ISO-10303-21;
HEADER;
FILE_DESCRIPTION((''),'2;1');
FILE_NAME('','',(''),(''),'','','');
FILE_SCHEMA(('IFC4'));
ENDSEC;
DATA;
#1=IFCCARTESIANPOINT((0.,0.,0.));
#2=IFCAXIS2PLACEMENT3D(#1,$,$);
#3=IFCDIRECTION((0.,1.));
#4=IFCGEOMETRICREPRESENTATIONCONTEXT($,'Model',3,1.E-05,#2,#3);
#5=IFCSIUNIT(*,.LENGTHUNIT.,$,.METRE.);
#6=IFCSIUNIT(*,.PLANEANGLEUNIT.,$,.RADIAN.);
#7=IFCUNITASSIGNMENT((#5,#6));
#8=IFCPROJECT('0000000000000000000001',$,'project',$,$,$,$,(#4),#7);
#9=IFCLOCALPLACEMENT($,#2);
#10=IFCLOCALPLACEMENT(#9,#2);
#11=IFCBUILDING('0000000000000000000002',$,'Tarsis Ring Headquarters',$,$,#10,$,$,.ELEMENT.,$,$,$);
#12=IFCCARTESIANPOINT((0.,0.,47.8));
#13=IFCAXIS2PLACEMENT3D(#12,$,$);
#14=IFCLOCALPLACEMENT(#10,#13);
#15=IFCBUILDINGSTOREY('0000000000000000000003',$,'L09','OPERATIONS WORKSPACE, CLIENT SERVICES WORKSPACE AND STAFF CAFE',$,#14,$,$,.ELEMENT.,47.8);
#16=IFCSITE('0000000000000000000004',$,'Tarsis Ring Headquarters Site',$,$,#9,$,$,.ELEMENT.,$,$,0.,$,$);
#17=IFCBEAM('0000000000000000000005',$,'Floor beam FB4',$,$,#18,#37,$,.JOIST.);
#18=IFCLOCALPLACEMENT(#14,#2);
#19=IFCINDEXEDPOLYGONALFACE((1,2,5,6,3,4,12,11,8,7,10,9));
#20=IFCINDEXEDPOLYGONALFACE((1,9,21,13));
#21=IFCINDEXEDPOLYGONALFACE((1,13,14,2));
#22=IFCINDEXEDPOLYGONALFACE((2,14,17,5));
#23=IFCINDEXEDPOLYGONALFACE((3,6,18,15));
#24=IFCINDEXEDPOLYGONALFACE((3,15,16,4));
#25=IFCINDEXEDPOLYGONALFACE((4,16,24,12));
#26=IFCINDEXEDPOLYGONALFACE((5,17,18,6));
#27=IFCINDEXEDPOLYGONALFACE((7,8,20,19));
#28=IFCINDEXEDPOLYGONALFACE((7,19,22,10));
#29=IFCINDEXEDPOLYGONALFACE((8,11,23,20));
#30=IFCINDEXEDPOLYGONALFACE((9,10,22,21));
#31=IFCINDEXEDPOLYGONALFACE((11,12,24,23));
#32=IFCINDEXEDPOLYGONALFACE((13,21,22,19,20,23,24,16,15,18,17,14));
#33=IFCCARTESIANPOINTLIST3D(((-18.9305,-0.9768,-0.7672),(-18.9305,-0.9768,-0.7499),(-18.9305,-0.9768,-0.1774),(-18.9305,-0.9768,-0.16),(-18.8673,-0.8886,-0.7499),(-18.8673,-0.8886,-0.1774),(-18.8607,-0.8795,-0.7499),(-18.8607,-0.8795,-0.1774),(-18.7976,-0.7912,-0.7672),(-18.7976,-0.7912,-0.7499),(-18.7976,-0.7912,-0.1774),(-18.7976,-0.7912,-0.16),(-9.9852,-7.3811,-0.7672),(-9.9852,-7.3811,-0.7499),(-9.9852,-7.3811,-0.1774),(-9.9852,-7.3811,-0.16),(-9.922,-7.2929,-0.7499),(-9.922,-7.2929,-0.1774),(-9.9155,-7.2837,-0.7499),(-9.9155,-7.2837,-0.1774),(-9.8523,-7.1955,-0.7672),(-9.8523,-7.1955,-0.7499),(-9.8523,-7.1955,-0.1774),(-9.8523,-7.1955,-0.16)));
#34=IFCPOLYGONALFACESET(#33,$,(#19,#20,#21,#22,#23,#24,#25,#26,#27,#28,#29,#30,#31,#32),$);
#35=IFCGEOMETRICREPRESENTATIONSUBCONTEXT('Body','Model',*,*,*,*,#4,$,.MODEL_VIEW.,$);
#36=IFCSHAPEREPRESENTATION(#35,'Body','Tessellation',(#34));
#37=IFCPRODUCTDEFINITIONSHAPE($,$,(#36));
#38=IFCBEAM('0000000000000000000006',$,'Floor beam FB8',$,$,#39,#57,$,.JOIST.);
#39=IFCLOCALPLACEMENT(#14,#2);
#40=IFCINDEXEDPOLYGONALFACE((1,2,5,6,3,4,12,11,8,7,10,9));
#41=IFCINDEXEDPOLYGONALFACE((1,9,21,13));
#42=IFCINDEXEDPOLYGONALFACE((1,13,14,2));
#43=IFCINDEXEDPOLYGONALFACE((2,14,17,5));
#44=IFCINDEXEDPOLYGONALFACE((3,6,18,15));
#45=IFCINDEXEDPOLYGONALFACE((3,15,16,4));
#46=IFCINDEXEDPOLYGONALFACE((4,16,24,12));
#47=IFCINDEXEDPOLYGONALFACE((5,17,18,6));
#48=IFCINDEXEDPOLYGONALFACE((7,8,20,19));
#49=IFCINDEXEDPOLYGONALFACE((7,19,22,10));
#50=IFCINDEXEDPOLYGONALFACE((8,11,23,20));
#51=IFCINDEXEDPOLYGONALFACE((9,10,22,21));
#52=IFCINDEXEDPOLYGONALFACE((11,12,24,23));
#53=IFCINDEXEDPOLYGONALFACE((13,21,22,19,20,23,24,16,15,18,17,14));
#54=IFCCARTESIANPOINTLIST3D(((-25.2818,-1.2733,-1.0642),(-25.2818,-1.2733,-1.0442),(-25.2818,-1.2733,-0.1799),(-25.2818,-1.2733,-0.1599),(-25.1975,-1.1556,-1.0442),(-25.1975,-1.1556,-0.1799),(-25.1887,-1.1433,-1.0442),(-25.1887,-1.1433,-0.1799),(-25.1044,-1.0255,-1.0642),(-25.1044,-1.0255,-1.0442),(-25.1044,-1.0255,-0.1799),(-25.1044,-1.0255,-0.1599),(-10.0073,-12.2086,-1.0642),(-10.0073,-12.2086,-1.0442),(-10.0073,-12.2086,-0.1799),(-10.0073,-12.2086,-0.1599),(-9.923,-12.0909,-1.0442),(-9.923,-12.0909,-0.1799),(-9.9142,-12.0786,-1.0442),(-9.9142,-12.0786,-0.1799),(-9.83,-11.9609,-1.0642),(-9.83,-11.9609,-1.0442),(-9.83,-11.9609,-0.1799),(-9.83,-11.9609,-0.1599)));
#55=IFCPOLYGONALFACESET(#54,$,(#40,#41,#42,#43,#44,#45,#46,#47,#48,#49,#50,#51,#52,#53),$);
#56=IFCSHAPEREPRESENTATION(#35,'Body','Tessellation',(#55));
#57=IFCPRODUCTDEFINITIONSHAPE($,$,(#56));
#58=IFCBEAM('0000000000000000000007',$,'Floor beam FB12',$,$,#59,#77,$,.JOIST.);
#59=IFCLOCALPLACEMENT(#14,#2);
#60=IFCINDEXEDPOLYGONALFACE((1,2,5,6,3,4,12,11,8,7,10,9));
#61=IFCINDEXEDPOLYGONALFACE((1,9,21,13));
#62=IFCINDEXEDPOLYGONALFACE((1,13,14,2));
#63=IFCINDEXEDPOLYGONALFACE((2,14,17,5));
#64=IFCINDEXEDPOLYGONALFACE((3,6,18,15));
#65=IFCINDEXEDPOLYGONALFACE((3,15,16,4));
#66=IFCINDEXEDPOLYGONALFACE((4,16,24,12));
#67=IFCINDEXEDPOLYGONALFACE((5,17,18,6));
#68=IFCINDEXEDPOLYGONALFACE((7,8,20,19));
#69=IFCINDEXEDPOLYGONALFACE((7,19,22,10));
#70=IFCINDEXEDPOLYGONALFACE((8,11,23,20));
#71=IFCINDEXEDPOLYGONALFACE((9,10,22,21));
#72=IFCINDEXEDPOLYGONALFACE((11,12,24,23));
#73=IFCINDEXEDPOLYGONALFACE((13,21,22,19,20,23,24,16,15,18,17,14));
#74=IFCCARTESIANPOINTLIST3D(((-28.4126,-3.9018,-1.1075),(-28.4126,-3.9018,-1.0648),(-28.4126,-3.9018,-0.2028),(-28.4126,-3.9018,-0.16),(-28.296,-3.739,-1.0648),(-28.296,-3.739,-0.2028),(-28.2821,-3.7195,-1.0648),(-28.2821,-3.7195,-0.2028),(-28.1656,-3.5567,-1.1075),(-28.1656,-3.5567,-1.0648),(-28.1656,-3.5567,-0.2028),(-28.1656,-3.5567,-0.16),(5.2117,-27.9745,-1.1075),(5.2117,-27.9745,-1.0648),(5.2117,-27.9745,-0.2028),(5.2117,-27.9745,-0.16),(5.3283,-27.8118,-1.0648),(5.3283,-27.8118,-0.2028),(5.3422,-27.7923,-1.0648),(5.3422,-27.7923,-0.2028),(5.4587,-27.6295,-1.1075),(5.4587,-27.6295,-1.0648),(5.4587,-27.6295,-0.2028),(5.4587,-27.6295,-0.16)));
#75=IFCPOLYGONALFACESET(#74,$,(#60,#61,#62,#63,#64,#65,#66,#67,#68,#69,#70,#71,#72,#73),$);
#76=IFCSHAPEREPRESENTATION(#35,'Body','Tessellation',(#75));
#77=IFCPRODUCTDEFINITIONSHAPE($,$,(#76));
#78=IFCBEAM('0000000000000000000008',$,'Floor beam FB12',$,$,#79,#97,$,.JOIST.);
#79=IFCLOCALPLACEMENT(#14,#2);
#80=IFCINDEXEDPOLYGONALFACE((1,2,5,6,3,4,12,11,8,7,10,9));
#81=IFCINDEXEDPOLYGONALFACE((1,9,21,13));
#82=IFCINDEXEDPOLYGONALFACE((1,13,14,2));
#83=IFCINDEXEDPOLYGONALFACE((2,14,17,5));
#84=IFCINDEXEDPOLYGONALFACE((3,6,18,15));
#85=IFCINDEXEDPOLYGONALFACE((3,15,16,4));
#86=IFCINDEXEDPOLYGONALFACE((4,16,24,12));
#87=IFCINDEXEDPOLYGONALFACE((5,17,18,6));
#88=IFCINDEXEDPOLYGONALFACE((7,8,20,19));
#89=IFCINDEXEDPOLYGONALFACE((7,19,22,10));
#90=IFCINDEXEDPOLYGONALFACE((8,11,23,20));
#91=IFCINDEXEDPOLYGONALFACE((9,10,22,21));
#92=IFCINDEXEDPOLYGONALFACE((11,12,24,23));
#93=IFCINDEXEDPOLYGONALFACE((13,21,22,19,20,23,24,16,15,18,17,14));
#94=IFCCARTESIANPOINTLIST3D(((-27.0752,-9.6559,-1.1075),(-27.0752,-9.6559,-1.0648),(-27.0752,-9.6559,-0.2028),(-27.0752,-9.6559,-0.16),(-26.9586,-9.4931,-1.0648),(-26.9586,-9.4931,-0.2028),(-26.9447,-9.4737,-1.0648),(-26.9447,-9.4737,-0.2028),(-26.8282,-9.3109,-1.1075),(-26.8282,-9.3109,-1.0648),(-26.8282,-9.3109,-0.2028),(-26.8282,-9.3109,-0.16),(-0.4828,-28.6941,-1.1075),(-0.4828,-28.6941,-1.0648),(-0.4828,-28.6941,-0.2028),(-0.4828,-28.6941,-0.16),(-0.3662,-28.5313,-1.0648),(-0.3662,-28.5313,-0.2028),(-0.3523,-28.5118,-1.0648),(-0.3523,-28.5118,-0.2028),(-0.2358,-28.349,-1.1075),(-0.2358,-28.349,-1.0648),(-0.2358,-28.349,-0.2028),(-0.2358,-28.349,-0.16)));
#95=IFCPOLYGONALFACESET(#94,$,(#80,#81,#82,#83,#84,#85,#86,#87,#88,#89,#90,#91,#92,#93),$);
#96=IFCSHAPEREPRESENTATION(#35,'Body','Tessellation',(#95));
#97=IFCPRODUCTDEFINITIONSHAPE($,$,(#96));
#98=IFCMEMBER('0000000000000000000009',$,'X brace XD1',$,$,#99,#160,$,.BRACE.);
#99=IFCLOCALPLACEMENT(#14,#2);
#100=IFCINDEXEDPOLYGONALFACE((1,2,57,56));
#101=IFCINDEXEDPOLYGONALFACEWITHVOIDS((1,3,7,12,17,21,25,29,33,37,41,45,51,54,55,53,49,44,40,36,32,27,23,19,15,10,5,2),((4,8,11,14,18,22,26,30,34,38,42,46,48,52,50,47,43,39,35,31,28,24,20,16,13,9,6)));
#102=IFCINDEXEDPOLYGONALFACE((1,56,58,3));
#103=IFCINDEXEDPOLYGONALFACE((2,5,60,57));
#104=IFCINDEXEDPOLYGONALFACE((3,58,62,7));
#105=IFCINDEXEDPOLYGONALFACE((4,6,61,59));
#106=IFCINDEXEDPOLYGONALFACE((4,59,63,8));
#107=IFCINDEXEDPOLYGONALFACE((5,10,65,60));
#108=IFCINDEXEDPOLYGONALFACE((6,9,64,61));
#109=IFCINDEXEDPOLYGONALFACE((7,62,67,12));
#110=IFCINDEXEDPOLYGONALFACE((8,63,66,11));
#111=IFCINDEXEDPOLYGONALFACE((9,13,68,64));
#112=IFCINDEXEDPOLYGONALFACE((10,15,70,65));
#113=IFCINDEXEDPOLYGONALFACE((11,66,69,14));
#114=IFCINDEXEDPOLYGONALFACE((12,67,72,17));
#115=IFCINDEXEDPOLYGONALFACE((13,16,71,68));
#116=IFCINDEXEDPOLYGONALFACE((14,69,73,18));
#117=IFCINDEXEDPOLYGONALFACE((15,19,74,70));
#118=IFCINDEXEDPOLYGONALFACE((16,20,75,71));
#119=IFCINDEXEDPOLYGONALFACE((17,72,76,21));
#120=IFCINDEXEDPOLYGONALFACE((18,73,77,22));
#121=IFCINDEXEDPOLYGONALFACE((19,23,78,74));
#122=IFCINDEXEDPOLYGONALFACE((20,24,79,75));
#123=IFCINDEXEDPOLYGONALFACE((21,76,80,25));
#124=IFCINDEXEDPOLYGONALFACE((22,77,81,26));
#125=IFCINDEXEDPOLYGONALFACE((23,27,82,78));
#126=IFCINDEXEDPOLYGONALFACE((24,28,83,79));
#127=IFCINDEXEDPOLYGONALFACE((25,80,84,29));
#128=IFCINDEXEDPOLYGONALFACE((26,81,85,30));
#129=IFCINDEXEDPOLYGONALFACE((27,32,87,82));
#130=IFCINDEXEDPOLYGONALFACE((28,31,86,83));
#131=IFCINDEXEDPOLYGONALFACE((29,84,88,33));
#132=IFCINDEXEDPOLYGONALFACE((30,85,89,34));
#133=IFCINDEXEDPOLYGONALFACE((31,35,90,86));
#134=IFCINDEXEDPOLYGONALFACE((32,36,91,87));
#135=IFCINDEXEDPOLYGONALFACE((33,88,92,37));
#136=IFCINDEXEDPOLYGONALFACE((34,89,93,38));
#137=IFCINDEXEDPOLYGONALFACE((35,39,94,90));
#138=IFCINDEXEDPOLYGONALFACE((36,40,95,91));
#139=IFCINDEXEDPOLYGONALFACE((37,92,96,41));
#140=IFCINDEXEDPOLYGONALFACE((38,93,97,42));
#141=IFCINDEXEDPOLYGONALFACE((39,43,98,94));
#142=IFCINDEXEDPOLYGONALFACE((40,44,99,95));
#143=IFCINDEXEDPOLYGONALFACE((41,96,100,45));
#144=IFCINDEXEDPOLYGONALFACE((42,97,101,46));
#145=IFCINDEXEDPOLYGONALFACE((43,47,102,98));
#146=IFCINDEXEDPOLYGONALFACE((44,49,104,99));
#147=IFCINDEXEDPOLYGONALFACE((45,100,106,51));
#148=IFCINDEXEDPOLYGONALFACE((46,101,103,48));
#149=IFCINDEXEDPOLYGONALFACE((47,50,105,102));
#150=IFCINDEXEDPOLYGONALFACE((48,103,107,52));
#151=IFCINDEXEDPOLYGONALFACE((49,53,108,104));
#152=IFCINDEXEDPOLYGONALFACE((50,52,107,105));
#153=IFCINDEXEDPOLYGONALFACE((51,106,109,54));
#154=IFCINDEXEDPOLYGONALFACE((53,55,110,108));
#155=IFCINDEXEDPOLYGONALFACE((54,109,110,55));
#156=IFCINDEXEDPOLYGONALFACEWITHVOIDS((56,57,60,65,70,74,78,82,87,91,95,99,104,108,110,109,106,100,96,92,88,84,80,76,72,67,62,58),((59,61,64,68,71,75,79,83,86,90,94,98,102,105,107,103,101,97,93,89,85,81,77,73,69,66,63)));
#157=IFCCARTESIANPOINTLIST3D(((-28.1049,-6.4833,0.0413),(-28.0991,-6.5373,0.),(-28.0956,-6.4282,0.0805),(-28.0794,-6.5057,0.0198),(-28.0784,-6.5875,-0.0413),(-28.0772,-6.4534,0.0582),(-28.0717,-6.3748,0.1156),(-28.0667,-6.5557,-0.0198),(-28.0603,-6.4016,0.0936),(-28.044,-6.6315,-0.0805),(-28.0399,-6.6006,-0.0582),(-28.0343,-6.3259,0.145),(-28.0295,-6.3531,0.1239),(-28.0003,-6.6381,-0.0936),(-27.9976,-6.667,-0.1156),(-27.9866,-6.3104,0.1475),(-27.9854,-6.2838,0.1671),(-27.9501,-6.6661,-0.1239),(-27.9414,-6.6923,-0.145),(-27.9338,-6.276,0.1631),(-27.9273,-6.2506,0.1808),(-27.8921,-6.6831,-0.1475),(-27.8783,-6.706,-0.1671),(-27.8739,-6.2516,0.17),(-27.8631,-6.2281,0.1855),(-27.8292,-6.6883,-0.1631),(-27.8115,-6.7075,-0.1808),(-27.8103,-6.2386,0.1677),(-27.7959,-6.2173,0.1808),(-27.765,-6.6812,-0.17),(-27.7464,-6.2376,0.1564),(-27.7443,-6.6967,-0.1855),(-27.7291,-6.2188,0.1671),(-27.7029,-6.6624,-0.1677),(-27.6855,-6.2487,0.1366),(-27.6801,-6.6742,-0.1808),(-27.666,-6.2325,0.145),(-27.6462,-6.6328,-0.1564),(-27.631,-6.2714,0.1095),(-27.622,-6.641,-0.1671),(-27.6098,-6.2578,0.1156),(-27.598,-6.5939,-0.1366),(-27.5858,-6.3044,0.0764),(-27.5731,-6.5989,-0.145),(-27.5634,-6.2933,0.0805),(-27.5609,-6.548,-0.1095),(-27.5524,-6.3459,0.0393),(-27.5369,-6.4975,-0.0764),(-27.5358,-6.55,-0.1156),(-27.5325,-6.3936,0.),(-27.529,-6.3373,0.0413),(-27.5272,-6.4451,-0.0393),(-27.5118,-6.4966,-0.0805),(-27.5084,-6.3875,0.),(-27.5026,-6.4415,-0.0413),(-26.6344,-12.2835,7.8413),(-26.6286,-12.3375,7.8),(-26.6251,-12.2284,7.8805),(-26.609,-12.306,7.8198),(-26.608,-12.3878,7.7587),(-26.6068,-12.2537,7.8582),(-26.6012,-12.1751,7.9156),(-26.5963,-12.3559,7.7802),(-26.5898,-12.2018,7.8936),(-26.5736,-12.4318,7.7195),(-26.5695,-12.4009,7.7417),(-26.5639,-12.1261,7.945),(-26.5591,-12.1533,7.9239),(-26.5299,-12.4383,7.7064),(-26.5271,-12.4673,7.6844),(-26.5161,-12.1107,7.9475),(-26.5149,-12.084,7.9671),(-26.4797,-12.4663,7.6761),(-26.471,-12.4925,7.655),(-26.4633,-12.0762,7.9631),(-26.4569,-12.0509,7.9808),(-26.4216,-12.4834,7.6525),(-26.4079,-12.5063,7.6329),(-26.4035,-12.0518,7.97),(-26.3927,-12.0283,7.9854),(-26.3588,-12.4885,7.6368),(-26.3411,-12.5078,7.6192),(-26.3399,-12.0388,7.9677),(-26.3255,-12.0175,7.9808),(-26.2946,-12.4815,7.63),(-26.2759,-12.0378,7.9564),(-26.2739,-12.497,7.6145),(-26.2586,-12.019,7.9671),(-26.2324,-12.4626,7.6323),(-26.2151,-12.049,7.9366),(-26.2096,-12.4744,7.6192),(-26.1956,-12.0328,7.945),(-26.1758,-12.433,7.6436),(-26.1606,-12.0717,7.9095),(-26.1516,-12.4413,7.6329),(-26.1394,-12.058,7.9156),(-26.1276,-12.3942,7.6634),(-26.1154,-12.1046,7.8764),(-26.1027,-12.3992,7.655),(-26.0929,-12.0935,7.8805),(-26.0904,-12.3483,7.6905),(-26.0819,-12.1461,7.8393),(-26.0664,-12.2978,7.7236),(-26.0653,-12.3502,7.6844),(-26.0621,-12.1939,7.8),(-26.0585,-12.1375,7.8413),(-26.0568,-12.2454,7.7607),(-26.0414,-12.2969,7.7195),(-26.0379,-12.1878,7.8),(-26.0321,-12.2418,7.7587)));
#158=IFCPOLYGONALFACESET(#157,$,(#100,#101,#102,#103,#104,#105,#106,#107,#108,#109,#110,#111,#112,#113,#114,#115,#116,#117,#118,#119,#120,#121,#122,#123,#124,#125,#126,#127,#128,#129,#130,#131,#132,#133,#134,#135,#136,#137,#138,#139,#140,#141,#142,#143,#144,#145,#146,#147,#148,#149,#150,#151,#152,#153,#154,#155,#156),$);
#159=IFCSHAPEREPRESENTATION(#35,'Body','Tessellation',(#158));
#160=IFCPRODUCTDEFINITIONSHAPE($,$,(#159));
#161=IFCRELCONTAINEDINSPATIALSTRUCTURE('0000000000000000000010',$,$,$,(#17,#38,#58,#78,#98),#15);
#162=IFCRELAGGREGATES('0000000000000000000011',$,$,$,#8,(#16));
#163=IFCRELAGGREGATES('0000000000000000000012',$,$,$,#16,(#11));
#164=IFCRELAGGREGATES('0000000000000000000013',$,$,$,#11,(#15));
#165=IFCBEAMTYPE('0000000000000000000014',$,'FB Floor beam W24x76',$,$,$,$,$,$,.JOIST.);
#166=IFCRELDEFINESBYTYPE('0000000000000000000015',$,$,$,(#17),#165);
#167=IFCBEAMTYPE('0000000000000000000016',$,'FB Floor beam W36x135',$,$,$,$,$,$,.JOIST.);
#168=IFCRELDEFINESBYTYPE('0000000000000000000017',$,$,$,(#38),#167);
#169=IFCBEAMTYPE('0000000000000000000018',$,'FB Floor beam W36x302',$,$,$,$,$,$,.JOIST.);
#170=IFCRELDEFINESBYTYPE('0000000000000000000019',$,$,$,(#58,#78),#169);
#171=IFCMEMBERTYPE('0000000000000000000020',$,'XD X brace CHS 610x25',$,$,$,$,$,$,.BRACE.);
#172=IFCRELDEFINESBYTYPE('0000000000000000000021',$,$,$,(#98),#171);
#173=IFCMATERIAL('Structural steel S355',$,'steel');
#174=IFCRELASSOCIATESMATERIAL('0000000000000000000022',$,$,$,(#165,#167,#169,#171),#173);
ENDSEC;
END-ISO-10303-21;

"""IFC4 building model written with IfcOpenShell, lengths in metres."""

from ifc_helpers import new_model, si_unit, direction, frame, origin, origin_2d, place, context, subcontext, project, spatial, hollow_circle, i_section, extrude, material, material_profile, profile_set, type_object, element, save


model = new_model("IFC4")

# Units and contexts
model_context = context("Model", 3, precision=1e-05, world=origin(), true_north=direction((0.0, 1.0)))
body_context = subcontext(model_context, "Body", "Model", "MODEL_VIEW")
ifc_project = project(units=[si_unit("LENGTHUNIT", "METRE"), si_unit("PLANEANGLEUNIT", "RADIAN")], contexts=[model_context])

# Site, building, storey
site_placement = place(None, origin())
site = spatial("IfcSite", under=ifc_project, at=site_placement, Name="Tarsis Ring Headquarters Site", CompositionType="ELEMENT", RefElevation=0.0)
building_placement = place(site_placement, origin())
building = spatial("IfcBuilding", under=site, at=building_placement, Name="Tarsis Ring Headquarters", CompositionType="ELEMENT")
storey_placement = place(building_placement, frame((0.0, 0.0, 47.8)))
storey = spatial("IfcBuildingStorey", under=building, at=storey_placement, Name="L09", Description="OPERATIONS WORKSPACE, CLIENT SERVICES WORKSPACE AND STAFF CAFE", CompositionType="ELEMENT", Elevation=47.8)

# Beams
ifc_material_1 = material(Name="Structural steel S355", Category="steel")
ifc_material_profile_1 = material_profile(ifc_material_1, i_section(OverallWidth=0.2283, OverallDepth=0.6072, WebThickness=0.0112, FlangeThickness=0.0173, at=origin_2d()), Name="W24x76")
ifc_profile_set_1 = profile_set([ifc_material_profile_1], Name="Structural steel S355")
beam_type_1 = type_object("IfcBeamType", Name="FB Floor beam W24x76", PredefinedType="JOIST", material=ifc_profile_set_1)
beam_1_placement = place(storey_placement, frame((-18.864, -0.884, -0.4636), z_axis=(0.813097, -0.582128, 0.0), x_axis=(0.582128, 0.813097, 0.0)))
element("IfcBeam", 1, at=beam_1_placement, inside=storey, type_object=beam_type_1, Name="Floor beam FB4", PredefinedType="JOIST", context=body_context, shape_type="SweptSolid", body=[
    extrude(i_section(OverallWidth=0.2283, OverallDepth=0.6072, WebThickness=0.0112, FlangeThickness=0.0173, at=origin_2d()), origin(), (0.0, 0.0, 1.0), 11.0015),
])
ifc_material_profile_2 = material_profile(ifc_material_1, i_section(OverallWidth=0.3047, OverallDepth=0.9043, WebThickness=0.0151, FlangeThickness=0.02, at=origin_2d()), Name="W36x135")
ifc_profile_set_2 = profile_set([ifc_material_profile_2], Name="Structural steel S355")
beam_type_2 = type_object("IfcBeamType", Name="FB Floor beam W36x135", PredefinedType="JOIST", material=ifc_profile_set_2)
beam_2_placement = place(storey_placement, frame((-25.1931, -1.1494, -0.6121), z_axis=(0.813103, -0.582119, 0.0), x_axis=(0.582119, 0.813103, 0.0)))
element("IfcBeam", 2, at=beam_2_placement, inside=storey, type_object=beam_type_2, Name="Floor beam FB8", PredefinedType="JOIST", context=body_context, shape_type="SweptSolid", body=[
    extrude(i_section(OverallWidth=0.3047, OverallDepth=0.9043, WebThickness=0.0151, FlangeThickness=0.02, at=origin_2d()), origin(), (0.0, 0.0, 1.0), 18.7854),
])
ifc_material_profile_3 = material_profile(ifc_material_1, i_section(OverallWidth=0.4243, OverallDepth=0.9475, WebThickness=0.0239, FlangeThickness=0.0427, at=origin_2d()), Name="W36x302")
ifc_profile_set_3 = profile_set([ifc_material_profile_3], Name="Structural steel S355")
beam_type_3 = type_object("IfcBeamType", Name="FB Floor beam W36x302", PredefinedType="JOIST", material=ifc_profile_set_3)
beam_3_placement = place(storey_placement, frame((-28.2891, -3.7292, -0.6338), z_axis=(0.813099, -0.582125, 0.0), x_axis=(0.582125, 0.813099, 0.0)))
element("IfcBeam", 3, at=beam_3_placement, inside=storey, type_object=beam_type_3, Name="Floor beam FB12", PredefinedType="JOIST", context=body_context, shape_type="SweptSolid", body=[
    extrude(i_section(OverallWidth=0.4243, OverallDepth=0.9475, WebThickness=0.0239, FlangeThickness=0.0427, at=origin_2d()), origin(), (0.0, 0.0, 1.0), 41.3533),
])
beam_4_placement = place(storey_placement, frame((-26.9517, -9.4834, -0.6338), z_axis=(0.813103, -0.582121, 0.0), x_axis=(0.582121, 0.813103, 0.0)))
element("IfcBeam", 4, at=beam_4_placement, inside=storey, type_object=beam_type_3, Name="Floor beam FB12", PredefinedType="JOIST", context=body_context, shape_type="SweptSolid", body=[
    extrude(i_section(OverallWidth=0.4243, OverallDepth=0.9475, WebThickness=0.0239, FlangeThickness=0.0427, at=origin_2d()), origin(), (0.0, 0.0, 1.0), 32.7048),
])

# Member
ifc_material_profile_4 = material_profile(ifc_material_1, hollow_circle(Radius=0.3047, WallThickness=0.0249, at=origin_2d()), Name="CHS 610x25")
ifc_profile_set_4 = profile_set([ifc_material_profile_4], Name="Structural steel S355")
member_type = type_object("IfcMemberType", Name="XD X brace CHS 610x25", PredefinedType="BRACE", material=ifc_profile_set_4)
member_1_placement = place(storey_placement, frame((-27.8037, -6.4624, 0.0), z_axis=(0.149575, -0.590007, 0.793422), x_axis=(0.969336, 0.245741, 0.0)))
element("IfcMember", 5, at=member_1_placement, inside=storey, type_object=member_type, Name="X brace XD1", PredefinedType="BRACE", context=body_context, shape_type="SweptSolid", body=[
    extrude(hollow_circle(Radius=0.3047, WallThickness=0.0249, at=origin_2d()), origin(), (0.0, 0.0, 1.0), 9.8308),
])

save(model, "model.ifc")
